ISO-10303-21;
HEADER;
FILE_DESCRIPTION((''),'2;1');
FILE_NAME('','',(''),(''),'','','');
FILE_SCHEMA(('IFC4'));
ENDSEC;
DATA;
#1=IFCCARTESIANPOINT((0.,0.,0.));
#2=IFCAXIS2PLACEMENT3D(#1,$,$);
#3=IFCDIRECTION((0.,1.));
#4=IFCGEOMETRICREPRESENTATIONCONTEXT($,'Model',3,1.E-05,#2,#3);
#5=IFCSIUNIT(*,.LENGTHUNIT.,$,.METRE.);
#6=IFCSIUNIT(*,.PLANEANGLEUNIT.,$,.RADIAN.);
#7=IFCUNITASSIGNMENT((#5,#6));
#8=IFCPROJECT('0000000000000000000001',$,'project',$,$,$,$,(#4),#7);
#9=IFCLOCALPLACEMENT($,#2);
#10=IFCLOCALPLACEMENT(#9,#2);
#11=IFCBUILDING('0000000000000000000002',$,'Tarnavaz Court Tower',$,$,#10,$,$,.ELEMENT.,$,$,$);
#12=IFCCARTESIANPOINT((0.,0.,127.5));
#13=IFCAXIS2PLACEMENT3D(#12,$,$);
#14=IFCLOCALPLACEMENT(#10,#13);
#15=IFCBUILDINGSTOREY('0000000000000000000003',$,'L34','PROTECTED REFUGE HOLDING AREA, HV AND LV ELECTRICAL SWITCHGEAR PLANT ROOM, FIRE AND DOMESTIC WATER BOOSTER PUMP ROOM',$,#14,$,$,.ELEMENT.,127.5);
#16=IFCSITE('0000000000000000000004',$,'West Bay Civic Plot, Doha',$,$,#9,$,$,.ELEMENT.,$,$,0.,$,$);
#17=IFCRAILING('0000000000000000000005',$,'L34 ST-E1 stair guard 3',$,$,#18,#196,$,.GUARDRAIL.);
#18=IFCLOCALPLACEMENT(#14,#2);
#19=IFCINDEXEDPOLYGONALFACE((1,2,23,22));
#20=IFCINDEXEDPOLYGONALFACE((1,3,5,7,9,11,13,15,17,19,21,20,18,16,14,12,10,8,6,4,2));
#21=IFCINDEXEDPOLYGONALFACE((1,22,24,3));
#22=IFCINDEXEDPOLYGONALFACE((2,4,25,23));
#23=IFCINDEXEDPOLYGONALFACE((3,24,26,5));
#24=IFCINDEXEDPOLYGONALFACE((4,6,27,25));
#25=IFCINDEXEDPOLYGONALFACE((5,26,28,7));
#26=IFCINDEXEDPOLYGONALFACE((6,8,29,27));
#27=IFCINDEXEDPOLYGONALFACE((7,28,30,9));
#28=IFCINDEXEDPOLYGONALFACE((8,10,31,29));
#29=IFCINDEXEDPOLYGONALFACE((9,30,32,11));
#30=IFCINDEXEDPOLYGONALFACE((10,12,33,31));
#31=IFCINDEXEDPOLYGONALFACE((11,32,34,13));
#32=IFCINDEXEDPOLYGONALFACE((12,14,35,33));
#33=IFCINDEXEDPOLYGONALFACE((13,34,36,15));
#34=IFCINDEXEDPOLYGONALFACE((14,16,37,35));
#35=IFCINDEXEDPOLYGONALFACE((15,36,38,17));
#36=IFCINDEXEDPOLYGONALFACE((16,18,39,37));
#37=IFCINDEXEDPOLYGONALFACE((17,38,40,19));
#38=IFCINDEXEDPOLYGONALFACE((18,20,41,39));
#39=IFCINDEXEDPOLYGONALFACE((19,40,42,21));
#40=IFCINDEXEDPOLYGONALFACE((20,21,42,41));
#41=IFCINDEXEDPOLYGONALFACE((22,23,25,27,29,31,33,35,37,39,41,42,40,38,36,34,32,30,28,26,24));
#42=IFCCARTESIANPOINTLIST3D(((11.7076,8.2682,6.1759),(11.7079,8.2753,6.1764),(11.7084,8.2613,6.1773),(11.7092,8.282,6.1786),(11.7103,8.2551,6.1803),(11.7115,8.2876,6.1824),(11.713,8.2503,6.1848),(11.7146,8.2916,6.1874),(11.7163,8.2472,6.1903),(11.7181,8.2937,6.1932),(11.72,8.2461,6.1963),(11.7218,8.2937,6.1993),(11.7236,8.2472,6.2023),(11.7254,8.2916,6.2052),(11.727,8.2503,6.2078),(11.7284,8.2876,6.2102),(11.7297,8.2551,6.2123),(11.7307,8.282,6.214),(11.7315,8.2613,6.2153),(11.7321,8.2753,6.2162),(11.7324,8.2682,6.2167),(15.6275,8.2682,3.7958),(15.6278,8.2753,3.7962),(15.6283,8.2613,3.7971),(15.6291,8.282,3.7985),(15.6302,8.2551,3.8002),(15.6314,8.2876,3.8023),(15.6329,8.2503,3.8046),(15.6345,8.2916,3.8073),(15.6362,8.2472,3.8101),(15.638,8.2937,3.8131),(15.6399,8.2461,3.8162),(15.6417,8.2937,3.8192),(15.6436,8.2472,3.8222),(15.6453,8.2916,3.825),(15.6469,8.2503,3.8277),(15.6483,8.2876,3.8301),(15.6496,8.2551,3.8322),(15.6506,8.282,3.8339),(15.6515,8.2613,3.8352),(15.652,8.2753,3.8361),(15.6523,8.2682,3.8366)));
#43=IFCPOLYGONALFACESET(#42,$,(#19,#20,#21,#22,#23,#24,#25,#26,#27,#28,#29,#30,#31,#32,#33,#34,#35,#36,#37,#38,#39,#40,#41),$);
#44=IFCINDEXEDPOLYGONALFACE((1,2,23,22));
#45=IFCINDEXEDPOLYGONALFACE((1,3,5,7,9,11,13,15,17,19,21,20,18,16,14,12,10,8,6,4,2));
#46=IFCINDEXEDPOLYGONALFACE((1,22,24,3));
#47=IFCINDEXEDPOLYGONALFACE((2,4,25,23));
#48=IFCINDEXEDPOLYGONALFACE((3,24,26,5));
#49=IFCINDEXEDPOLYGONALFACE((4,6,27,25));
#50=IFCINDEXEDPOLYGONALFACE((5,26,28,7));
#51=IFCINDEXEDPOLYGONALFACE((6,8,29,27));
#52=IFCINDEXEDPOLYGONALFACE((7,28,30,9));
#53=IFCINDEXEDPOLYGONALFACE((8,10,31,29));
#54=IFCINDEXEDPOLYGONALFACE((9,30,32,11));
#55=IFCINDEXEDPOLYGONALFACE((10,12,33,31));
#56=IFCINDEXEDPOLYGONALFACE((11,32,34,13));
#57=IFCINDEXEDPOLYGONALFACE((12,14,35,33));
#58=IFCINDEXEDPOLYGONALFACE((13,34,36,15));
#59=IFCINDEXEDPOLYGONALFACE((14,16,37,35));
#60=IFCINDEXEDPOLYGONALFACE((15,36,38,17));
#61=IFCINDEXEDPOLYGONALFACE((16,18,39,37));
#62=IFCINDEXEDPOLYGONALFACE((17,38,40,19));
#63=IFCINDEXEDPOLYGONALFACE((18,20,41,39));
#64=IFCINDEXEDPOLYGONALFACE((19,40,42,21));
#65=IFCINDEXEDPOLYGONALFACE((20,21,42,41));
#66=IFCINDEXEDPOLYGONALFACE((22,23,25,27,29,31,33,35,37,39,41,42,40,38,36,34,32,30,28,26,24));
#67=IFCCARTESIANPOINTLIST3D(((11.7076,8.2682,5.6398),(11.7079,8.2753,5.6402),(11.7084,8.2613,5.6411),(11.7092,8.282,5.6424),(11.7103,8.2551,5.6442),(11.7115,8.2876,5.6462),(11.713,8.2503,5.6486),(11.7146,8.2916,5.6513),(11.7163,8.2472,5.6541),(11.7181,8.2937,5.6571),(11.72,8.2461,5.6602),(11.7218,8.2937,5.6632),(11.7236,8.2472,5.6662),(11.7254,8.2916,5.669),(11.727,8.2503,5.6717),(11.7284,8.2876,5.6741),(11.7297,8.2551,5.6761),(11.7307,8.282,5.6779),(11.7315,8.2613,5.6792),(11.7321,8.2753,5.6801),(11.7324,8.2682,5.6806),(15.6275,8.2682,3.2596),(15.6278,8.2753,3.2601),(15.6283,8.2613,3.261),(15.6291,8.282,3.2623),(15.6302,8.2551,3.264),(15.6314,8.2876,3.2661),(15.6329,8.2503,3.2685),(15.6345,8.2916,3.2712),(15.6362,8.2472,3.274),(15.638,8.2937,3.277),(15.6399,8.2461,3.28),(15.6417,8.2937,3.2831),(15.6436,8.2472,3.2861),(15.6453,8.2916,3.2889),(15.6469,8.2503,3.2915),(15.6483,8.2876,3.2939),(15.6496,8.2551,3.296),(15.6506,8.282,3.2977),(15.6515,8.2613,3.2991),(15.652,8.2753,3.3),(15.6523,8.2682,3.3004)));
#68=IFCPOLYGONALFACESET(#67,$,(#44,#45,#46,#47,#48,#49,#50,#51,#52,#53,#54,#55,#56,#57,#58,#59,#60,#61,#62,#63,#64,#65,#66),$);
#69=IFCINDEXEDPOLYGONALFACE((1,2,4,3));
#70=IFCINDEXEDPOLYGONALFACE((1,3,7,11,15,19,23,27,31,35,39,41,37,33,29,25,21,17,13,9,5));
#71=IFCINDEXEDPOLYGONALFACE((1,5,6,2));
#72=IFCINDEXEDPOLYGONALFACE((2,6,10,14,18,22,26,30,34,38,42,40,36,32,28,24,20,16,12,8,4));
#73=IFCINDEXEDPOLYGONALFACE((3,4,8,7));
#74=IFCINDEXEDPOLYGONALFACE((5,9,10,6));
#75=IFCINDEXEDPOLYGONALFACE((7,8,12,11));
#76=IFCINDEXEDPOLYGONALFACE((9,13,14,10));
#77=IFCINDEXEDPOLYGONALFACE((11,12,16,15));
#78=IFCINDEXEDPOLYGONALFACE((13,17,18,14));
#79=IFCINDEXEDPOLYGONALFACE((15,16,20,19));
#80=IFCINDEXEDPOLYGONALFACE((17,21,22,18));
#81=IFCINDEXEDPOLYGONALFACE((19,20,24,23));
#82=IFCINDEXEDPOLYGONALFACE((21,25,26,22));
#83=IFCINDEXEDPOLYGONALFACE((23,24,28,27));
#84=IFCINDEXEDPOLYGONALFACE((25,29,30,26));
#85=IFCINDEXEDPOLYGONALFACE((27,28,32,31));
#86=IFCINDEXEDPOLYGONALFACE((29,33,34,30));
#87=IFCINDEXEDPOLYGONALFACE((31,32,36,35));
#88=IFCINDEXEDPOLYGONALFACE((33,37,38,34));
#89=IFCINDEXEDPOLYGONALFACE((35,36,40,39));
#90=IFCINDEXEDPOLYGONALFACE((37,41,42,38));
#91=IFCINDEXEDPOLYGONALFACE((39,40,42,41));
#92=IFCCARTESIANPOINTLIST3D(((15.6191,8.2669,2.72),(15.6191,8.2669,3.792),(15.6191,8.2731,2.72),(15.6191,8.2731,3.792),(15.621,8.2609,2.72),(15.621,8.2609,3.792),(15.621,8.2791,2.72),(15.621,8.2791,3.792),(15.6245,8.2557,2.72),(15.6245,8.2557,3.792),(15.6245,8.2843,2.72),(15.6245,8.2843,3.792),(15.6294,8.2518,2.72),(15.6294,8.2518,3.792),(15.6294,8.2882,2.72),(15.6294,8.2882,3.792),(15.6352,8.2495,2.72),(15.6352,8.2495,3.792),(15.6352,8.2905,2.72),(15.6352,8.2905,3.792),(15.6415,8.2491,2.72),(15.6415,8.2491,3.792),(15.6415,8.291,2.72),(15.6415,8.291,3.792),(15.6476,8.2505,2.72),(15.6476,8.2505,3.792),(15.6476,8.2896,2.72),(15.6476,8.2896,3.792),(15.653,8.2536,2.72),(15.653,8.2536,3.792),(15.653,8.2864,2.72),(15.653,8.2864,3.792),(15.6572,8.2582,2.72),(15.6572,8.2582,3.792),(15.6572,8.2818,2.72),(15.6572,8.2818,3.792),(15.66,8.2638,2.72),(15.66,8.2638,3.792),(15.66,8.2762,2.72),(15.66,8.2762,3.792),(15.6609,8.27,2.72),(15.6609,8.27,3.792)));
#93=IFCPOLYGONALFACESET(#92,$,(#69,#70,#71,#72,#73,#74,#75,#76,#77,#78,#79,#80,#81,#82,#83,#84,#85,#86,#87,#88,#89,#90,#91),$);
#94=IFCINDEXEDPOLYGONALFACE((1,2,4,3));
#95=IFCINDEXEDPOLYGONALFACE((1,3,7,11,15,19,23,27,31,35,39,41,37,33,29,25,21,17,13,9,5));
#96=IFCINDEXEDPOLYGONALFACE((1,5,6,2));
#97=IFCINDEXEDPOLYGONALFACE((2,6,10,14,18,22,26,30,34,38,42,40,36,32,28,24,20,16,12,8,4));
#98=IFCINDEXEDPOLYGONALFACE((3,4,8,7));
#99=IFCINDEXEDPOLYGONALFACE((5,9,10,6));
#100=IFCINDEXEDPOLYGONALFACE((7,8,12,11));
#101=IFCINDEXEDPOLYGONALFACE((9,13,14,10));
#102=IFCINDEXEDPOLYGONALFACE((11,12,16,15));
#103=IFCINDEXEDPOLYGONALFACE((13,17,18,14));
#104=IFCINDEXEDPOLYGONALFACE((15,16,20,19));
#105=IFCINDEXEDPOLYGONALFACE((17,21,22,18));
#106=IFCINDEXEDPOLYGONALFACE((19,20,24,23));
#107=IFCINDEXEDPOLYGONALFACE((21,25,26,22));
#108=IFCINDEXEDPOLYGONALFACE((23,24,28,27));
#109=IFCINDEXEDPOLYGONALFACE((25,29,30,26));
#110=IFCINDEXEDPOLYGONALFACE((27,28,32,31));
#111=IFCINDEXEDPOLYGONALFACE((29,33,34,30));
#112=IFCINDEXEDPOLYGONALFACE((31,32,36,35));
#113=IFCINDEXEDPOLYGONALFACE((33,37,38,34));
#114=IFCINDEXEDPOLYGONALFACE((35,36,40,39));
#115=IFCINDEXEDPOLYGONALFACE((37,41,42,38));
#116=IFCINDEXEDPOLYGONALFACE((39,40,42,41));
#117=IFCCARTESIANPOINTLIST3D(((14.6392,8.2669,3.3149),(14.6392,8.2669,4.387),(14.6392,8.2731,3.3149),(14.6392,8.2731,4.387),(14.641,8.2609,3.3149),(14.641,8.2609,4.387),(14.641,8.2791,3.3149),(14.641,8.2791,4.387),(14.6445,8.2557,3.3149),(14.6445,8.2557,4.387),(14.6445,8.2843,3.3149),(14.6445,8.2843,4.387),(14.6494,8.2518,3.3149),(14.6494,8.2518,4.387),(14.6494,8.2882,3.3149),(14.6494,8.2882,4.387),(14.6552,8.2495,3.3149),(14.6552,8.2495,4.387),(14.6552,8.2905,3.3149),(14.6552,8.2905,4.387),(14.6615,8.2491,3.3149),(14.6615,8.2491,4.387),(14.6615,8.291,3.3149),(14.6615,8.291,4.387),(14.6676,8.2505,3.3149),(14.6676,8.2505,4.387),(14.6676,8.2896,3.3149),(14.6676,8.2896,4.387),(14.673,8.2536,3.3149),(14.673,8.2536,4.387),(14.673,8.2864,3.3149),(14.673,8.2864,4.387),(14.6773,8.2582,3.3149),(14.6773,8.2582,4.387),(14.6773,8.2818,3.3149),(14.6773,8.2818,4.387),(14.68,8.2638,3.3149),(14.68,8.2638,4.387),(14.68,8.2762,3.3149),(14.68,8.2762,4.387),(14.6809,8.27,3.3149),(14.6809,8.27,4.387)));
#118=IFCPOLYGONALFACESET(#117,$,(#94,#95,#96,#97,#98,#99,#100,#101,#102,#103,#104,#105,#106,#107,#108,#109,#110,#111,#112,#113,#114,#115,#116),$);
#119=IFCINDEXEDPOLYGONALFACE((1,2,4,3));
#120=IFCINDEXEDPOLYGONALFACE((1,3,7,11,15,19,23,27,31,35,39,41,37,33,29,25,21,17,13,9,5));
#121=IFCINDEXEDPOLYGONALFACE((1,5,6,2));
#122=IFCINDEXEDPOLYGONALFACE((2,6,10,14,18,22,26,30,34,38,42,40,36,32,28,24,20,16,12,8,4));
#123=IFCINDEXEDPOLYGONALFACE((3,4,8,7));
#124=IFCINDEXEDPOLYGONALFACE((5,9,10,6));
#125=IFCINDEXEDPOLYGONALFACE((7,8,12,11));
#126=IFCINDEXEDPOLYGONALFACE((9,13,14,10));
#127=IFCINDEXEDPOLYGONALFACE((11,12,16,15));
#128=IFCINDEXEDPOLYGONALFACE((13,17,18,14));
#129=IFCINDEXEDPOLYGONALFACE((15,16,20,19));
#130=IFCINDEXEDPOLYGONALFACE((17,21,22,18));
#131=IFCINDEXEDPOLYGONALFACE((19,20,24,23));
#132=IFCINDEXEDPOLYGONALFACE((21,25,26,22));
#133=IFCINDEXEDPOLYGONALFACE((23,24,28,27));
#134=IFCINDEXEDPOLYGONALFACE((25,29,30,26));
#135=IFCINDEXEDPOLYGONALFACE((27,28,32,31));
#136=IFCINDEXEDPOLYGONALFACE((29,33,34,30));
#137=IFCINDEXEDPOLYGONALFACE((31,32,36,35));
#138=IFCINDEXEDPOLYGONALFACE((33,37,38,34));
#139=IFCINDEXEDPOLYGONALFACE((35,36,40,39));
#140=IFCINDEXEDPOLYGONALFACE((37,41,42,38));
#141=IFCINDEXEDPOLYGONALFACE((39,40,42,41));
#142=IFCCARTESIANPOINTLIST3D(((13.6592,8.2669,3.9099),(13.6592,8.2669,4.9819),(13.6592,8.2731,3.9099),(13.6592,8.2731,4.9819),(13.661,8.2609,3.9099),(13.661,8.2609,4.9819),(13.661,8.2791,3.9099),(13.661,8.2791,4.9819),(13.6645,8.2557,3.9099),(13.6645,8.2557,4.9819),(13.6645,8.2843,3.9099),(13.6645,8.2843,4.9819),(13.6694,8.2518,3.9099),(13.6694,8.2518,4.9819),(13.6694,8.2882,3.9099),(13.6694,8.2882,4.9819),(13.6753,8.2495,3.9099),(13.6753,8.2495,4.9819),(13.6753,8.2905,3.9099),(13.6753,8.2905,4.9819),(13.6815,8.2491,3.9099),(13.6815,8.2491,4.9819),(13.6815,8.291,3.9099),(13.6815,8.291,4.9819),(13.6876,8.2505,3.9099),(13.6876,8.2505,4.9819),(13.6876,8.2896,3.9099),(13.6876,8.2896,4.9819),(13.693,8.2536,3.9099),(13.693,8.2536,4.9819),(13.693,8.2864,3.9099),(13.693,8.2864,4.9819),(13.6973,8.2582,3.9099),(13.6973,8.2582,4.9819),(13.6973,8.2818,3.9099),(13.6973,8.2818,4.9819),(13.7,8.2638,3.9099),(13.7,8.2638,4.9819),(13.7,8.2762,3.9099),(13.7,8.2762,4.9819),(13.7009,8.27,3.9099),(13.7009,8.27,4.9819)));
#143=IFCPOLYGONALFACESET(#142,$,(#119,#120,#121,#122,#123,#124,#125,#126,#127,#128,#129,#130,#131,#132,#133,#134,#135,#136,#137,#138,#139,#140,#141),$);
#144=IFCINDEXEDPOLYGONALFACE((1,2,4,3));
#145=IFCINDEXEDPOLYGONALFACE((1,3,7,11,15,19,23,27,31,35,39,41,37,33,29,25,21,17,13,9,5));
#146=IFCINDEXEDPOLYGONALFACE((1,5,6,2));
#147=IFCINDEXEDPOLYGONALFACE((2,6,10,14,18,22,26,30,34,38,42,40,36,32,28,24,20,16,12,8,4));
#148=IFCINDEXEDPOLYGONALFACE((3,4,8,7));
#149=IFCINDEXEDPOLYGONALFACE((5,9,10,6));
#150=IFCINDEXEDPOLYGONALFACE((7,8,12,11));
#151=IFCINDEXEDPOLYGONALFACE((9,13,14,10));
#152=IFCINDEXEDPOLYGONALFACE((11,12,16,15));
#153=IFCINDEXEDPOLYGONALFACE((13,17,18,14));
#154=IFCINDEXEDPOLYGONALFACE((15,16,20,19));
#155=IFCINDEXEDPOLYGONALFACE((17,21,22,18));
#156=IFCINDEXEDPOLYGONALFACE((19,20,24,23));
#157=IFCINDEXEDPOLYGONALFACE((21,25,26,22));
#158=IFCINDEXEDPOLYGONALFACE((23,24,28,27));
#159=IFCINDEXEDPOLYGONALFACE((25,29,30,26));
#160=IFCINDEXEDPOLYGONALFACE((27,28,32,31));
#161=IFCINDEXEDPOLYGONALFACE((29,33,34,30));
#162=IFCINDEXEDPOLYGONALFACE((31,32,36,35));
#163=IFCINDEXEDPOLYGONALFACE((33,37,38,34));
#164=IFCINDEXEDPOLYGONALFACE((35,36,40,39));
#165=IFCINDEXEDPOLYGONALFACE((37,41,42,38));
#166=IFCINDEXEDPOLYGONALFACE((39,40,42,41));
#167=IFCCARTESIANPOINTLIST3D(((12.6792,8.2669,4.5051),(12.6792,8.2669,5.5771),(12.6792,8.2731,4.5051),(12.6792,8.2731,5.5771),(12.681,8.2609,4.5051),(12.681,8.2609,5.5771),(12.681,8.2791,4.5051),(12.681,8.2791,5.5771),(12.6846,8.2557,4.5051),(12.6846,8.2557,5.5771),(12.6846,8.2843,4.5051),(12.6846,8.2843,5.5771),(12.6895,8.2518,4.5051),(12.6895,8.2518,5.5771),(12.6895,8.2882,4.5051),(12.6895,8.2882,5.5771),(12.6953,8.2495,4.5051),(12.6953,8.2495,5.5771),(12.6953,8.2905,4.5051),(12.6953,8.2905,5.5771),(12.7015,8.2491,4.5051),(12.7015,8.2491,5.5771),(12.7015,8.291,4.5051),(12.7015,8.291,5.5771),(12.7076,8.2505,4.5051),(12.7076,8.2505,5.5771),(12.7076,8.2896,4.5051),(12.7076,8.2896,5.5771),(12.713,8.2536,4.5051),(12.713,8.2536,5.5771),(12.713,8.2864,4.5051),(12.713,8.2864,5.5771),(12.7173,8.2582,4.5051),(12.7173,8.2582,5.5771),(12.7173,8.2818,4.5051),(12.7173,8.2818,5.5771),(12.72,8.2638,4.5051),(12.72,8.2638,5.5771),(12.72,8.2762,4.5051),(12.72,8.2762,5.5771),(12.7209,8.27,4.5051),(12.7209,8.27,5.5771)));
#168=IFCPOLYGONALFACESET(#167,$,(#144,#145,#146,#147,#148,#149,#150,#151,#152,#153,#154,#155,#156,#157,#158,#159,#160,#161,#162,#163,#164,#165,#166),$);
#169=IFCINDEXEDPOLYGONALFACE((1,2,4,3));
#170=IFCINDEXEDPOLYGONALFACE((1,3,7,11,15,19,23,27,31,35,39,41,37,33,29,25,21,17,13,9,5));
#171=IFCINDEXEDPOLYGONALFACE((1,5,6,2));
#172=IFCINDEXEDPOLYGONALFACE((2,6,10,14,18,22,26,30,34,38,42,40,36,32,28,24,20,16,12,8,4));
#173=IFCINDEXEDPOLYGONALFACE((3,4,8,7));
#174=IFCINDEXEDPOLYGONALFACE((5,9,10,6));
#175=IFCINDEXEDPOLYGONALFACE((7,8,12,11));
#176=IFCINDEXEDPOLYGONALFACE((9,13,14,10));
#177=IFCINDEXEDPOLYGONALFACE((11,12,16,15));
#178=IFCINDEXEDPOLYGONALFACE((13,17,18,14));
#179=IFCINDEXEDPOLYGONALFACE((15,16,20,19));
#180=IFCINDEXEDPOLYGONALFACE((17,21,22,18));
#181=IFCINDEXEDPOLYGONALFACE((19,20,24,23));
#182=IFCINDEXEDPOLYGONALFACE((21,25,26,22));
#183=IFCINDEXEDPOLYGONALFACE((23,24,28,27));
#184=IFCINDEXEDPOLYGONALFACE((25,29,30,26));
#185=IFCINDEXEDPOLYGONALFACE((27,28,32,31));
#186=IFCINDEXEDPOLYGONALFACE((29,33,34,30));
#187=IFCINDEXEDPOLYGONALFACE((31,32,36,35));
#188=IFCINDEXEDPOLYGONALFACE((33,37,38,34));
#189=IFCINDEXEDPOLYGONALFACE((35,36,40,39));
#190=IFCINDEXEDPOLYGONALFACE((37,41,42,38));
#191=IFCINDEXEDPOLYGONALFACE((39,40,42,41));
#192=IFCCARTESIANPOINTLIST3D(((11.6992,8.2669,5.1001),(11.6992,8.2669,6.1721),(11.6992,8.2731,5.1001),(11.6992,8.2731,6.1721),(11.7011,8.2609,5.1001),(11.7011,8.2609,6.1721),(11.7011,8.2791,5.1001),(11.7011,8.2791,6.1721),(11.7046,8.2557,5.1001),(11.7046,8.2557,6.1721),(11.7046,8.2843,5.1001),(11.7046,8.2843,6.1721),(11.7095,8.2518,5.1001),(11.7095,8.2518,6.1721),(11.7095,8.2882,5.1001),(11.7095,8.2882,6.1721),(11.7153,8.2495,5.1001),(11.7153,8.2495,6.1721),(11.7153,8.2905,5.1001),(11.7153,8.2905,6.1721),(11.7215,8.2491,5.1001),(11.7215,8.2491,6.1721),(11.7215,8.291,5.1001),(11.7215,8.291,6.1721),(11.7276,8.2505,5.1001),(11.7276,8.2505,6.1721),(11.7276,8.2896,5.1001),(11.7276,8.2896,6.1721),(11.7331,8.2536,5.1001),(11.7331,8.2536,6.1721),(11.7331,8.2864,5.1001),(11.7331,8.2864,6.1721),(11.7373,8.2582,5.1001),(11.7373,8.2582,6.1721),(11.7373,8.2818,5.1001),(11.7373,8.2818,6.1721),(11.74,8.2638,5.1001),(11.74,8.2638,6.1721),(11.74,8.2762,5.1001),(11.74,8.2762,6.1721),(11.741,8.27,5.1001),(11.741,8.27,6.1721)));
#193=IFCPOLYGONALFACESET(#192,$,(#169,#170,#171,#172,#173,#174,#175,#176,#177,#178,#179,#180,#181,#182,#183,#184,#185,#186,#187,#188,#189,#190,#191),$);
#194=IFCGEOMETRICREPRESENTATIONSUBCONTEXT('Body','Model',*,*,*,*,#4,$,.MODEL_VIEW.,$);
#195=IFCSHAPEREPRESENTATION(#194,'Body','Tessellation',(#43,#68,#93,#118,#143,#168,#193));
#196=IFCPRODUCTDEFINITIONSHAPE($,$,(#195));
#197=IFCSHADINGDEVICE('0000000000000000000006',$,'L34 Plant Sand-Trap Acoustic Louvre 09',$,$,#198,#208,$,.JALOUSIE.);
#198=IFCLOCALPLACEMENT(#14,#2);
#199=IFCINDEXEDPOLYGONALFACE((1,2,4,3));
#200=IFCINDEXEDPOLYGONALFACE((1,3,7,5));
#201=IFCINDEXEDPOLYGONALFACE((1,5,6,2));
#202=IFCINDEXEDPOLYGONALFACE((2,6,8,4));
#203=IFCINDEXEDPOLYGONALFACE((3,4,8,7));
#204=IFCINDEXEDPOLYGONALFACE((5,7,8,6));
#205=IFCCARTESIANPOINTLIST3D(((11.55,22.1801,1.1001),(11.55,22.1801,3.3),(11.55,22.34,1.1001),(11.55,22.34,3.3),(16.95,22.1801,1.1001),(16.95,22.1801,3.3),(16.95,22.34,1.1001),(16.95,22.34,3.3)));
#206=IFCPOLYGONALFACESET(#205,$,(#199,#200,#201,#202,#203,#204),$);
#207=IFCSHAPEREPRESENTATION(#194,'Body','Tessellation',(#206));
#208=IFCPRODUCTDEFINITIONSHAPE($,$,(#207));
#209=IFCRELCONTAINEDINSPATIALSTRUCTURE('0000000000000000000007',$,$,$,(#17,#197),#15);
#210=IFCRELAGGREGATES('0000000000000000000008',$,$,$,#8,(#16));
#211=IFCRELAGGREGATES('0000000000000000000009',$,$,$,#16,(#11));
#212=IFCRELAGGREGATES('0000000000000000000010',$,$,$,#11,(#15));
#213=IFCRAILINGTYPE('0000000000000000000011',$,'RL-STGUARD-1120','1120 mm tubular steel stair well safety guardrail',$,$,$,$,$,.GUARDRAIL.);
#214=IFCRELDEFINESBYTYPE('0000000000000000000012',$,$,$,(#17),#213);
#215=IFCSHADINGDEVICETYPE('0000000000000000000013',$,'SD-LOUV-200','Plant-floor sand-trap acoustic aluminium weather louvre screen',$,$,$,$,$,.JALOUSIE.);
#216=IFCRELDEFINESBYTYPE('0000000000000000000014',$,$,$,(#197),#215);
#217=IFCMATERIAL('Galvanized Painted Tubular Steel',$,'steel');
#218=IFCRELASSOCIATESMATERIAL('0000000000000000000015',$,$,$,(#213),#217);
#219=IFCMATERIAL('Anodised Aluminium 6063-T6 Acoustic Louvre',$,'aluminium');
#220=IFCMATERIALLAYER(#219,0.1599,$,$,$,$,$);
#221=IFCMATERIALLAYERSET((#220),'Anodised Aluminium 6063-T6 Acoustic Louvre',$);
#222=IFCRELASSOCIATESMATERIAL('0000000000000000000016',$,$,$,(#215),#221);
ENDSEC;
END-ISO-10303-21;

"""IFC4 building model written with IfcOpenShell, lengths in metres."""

from ifc_helpers import new_model, si_unit, direction, frame, origin, origin_2d, place, context, subcontext, project, spatial, rectangle, circle, extrude, material, layer, layer_set, type_object, element, save


model = new_model("IFC4")

# Units and contexts
model_context = context("Model", 3, precision=1e-05, world=origin(), true_north=direction((0.0, 1.0)))
body_context = subcontext(model_context, "Body", "Model", "MODEL_VIEW")
ifc_project = project(units=[si_unit("LENGTHUNIT", "METRE"), si_unit("PLANEANGLEUNIT", "RADIAN")], contexts=[model_context])

# Site, building, storey
site_placement = place(None, origin())
site = spatial("IfcSite", under=ifc_project, at=site_placement, Name="West Bay Civic Plot, Doha", CompositionType="ELEMENT", RefElevation=0.0)
building_placement = place(site_placement, origin())
building = spatial("IfcBuilding", under=site, at=building_placement, Name="Tarnavaz Court Tower", CompositionType="ELEMENT")
storey_placement = place(building_placement, frame((0.0, 0.0, 127.5)))
storey = spatial("IfcBuildingStorey", under=building, at=storey_placement, Name="L34", Description="PROTECTED REFUGE HOLDING AREA, HV AND LV ELECTRICAL SWITCHGEAR PLANT ROOM, FIRE AND DOMESTIC WATER BOOSTER PUMP ROOM", CompositionType="ELEMENT", Elevation=127.5)

# Railing
ifc_material_1 = material(Name="Galvanized Painted Tubular Steel", Category="steel")
railing_type_1 = type_object("IfcRailingType", Name="RL-STGUARD-1120", Description="1120 mm tubular steel stair well safety guardrail", PredefinedType="GUARDRAIL", material=ifc_material_1)
railing_1_placement = place(storey_placement, frame((15.6399, 8.27, 2.72)))
element("IfcRailing", 1, at=railing_1_placement, inside=storey, type_object=railing_type_1, Name="L34 ST-E1 stair guard 3", PredefinedType="GUARDRAIL", context=body_context, shape_type="SweptSolid", body=[
    extrude(circle(Radius=0.0239, at=origin_2d()), frame((0.0, 0.0, 1.0962), z_axis=(-0.854771, 0.0, 0.519006), x_axis=(0.0, -1.0, 0.0)), (0.0, 0.0, 1.0), 4.5859),
    extrude(circle(Radius=0.0239, at=origin_2d()), frame((0.0, 0.0, 0.5601), z_axis=(-0.854771, 0.0, 0.519006), x_axis=(0.0, -1.0, 0.0)), (0.0, 0.0, 1.0), 4.5859),
    extrude(circle(Radius=0.021, at=origin_2d()), origin(), (0.0, 0.0, 1.0), 1.072),
    extrude(circle(Radius=0.021, at=origin_2d()), frame((-0.98, 0.0, 0.595)), (0.0, 0.0, 1.0), 1.072),
    extrude(circle(Radius=0.021, at=origin_2d()), frame((-1.96, 0.0, 1.1899)), (0.0, 0.0, 1.0), 1.072),
    extrude(circle(Radius=0.021, at=origin_2d()), frame((-2.9399, 0.0, 1.7852)), (0.0, 0.0, 1.0), 1.072),
    extrude(circle(Radius=0.021, at=origin_2d()), frame((-3.9199, 0.0, 2.3801)), (0.0, 0.0, 1.0), 1.072),
])

# Shading device
ifc_material_2 = material(Name="Anodised Aluminium 6063-T6 Acoustic Louvre", Category="aluminium")
ifc_layer_1 = layer(ifc_material_2, 0.1599)
ifc_layer_set_1 = layer_set([ifc_layer_1], Name="Anodised Aluminium 6063-T6 Acoustic Louvre")
shading_device_type = type_object("IfcShadingDeviceType", Name="SD-LOUV-200", Description="Plant-floor sand-trap acoustic aluminium weather louvre screen", PredefinedType="JALOUSIE", material=ifc_layer_set_1)
shading_device_placement = place(storey_placement, frame((14.25, 22.26, 1.1001), z_axis=(0.0, 0.0, 1.0), x_axis=(1.0, 0.0, 0.0)))
element("IfcShadingDevice", 2, at=shading_device_placement, inside=storey, type_object=shading_device_type, Name="L34 Plant Sand-Trap Acoustic Louvre 09", PredefinedType="JALOUSIE", context=body_context, shape_type="SweptSolid", body=[
    extrude(rectangle(XDim=5.3999, YDim=0.1599, at=origin_2d()), origin(), (0.0, 0.0, 1.0), 2.2),
])

save(model, "model.ifc")
